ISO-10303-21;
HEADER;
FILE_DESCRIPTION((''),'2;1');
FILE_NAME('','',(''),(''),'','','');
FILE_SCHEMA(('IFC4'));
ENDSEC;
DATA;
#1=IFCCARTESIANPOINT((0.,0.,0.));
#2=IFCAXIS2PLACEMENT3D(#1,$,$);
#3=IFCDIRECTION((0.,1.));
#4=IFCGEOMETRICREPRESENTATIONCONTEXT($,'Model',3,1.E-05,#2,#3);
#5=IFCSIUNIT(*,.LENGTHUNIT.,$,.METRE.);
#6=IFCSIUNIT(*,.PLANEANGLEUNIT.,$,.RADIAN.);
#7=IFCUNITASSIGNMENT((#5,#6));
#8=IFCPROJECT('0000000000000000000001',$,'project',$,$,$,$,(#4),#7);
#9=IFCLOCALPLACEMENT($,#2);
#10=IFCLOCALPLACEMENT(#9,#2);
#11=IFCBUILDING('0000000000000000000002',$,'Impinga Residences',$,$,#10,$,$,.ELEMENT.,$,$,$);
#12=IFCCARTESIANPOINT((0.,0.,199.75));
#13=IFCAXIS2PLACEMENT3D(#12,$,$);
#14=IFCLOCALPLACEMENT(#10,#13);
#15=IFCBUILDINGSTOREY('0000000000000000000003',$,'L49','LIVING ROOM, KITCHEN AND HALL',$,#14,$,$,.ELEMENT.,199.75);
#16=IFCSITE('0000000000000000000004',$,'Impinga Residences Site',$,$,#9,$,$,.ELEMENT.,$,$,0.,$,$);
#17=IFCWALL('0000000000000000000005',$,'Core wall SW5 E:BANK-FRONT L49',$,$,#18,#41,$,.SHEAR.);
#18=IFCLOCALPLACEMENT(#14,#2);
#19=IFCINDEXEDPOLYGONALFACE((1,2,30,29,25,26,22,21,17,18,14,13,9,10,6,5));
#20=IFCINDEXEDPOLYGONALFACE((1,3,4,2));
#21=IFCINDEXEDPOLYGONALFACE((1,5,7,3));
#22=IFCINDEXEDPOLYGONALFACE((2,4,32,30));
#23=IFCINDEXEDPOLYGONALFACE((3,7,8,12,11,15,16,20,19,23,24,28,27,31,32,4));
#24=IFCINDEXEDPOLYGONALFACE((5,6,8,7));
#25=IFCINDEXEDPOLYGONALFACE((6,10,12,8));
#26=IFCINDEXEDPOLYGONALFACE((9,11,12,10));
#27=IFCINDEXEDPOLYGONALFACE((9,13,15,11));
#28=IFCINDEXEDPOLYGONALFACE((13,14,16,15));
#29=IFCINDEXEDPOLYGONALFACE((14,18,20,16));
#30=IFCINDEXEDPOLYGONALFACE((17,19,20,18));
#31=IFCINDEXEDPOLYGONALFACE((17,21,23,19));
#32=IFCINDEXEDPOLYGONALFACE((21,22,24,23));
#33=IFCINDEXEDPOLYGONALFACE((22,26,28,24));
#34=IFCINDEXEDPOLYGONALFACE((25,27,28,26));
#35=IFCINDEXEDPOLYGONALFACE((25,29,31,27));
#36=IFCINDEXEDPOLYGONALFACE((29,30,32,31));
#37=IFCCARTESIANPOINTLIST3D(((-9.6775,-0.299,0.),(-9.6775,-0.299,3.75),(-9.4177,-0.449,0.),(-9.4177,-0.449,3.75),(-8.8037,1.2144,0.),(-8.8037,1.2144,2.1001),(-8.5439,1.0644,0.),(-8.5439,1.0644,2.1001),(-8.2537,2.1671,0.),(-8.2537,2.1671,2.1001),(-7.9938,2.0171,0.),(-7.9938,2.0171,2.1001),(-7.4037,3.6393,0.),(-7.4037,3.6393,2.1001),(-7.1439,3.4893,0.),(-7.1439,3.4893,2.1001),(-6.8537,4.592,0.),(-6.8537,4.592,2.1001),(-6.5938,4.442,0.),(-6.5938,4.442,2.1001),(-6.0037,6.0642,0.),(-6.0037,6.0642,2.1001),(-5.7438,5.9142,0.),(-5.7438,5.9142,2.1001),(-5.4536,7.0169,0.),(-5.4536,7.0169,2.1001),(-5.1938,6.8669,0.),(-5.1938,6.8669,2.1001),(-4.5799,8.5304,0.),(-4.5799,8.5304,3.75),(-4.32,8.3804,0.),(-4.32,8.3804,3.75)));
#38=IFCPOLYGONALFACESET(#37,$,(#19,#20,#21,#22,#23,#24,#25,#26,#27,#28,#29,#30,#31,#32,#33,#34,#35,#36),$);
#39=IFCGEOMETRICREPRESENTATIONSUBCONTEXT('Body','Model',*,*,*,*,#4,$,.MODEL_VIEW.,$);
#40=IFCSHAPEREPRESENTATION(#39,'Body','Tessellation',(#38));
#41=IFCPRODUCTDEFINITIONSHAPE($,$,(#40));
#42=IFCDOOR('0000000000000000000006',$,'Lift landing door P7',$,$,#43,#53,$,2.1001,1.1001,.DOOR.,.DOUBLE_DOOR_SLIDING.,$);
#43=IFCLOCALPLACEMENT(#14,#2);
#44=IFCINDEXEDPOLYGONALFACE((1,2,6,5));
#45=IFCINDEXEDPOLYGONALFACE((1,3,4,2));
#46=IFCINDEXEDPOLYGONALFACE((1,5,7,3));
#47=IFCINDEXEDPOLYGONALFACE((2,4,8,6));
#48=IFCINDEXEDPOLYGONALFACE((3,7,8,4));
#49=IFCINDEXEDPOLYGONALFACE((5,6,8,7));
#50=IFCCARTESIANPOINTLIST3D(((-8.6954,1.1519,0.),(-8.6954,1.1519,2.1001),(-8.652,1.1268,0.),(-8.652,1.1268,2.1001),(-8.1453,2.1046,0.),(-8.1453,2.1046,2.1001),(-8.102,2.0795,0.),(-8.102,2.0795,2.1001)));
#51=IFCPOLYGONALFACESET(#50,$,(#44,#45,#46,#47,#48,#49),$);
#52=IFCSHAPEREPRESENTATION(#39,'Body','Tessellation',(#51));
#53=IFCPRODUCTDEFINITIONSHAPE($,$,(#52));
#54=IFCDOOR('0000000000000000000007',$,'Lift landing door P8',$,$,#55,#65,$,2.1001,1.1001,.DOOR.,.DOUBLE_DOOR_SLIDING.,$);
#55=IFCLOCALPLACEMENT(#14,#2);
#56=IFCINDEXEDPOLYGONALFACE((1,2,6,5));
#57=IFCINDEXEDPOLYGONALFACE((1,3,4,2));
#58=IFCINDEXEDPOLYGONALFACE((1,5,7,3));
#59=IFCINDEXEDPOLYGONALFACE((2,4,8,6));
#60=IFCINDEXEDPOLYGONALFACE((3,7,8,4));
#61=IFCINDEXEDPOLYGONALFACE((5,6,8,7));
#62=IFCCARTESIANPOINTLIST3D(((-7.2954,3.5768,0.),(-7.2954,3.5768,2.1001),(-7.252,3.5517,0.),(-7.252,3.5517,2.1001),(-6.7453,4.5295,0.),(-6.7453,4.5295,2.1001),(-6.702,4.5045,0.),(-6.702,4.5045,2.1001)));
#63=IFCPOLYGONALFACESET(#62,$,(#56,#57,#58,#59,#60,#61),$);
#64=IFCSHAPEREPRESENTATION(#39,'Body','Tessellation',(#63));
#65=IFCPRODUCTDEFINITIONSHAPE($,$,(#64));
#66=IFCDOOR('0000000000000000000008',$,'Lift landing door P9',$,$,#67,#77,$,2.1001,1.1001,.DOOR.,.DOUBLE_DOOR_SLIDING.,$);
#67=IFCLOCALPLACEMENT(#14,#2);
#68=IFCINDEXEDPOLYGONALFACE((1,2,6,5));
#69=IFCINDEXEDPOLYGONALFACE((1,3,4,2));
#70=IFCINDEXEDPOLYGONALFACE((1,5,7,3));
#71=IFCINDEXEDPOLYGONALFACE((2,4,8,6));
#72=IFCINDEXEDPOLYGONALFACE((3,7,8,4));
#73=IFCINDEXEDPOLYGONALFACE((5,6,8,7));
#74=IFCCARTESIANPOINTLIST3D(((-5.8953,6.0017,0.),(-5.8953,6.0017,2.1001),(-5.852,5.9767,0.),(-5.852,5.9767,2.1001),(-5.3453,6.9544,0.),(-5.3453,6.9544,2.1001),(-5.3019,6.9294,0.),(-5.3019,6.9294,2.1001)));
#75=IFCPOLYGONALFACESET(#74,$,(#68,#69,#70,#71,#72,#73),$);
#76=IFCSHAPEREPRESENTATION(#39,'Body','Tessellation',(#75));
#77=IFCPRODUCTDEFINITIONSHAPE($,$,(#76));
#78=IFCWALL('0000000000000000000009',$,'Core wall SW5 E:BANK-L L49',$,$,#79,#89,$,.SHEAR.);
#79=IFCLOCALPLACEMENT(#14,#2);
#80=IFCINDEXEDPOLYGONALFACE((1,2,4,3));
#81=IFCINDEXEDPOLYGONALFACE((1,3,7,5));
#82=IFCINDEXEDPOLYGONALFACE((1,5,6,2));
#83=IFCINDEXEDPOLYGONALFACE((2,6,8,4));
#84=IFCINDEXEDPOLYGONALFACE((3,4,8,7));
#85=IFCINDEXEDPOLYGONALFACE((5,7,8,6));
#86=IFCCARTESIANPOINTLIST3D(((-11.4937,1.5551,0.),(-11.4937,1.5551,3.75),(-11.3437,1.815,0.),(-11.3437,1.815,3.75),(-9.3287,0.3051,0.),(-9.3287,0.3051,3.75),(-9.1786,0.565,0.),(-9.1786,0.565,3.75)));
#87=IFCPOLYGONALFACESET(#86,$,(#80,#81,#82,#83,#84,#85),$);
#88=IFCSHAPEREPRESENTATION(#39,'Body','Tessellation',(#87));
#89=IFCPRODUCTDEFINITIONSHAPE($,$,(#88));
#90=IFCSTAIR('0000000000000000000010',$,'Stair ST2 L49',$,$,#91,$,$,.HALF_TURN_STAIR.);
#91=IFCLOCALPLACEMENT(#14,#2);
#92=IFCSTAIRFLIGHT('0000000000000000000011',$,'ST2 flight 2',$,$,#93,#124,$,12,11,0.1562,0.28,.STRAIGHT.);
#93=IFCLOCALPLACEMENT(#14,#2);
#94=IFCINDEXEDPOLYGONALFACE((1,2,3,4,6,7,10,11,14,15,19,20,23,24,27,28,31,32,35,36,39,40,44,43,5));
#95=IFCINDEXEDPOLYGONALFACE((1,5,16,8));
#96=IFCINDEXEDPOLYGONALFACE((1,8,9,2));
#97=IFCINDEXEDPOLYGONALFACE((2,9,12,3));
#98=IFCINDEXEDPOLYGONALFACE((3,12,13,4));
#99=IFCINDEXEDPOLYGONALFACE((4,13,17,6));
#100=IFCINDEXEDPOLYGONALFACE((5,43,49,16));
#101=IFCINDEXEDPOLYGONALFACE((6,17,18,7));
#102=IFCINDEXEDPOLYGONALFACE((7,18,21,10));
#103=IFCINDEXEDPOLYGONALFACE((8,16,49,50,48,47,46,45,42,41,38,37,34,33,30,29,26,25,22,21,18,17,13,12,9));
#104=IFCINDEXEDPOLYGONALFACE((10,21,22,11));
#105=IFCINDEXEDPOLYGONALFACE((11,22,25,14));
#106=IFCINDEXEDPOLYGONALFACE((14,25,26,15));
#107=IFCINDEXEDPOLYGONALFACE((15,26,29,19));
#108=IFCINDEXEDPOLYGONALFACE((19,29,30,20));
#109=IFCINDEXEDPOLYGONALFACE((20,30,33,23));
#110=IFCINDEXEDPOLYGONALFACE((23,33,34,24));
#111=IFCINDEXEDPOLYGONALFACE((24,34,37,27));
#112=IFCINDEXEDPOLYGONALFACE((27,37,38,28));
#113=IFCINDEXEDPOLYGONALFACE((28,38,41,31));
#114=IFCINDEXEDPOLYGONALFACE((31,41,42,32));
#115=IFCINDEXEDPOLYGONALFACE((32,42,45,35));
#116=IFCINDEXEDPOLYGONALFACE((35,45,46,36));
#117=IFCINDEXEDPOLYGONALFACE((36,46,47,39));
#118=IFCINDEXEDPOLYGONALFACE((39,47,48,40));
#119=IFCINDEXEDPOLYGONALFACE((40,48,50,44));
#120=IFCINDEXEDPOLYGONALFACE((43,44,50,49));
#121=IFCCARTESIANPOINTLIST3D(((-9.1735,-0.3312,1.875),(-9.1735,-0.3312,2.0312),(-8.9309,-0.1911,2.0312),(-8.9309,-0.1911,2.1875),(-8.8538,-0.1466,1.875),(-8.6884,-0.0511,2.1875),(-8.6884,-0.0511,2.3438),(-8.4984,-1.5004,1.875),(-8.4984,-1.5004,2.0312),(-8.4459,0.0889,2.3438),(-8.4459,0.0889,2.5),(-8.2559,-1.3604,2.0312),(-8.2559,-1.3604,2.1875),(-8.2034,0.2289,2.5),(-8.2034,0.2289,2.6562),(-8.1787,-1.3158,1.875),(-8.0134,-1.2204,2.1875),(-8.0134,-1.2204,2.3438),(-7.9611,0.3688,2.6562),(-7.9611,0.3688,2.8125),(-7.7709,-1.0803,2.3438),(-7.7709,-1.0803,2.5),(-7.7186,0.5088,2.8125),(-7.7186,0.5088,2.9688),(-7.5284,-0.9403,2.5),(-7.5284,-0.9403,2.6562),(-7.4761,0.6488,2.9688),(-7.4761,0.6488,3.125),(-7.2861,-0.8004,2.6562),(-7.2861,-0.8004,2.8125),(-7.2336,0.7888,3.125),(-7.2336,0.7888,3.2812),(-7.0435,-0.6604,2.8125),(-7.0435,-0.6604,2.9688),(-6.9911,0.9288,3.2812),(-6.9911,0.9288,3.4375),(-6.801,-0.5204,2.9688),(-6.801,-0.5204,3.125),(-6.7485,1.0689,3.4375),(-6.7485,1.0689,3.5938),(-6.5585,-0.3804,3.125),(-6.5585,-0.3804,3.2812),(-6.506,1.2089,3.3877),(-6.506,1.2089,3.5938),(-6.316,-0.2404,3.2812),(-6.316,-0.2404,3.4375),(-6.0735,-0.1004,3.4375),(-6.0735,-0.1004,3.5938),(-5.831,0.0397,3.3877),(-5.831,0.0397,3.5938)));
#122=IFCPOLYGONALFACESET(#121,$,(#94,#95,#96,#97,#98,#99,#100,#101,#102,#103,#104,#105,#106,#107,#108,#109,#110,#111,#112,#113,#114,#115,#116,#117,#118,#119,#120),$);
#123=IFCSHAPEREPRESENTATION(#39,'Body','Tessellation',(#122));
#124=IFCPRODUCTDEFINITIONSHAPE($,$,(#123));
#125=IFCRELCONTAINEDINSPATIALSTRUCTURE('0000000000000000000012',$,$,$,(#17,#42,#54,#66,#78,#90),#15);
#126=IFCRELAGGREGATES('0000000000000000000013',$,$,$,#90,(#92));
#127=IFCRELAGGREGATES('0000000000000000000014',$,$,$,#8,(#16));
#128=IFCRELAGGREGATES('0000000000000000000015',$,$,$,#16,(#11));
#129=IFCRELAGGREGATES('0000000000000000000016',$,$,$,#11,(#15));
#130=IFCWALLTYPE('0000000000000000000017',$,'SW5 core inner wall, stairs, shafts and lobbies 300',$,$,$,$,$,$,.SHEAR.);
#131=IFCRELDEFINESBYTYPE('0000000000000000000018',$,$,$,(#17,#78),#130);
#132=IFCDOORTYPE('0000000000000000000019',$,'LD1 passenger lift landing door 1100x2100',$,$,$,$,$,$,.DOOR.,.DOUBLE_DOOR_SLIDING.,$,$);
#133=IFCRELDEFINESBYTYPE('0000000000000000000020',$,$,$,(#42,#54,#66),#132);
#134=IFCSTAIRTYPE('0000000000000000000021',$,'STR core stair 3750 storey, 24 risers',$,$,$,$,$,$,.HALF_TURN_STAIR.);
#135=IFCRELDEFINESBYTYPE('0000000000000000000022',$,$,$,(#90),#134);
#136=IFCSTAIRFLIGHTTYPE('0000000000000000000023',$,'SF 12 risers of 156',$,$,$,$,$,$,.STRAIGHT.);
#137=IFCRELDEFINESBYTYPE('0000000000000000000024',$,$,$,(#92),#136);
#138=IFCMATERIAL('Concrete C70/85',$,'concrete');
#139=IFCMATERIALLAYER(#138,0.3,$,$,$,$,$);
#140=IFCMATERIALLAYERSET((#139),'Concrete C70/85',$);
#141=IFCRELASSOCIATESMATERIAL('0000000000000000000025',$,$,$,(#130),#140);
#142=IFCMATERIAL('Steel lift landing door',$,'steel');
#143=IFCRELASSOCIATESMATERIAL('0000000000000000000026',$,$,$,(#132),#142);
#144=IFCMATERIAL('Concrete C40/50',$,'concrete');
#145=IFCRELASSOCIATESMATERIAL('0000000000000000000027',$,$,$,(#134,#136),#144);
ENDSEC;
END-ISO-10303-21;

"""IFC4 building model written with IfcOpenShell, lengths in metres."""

from ifc_helpers import new_model, si_unit, direction, frame, frame_2d, origin, place, context, subcontext, project, spatial, polyline, rectangle, outline, extrude, material, layer, layer_set, type_object, element, fill, aggregate, save


model = new_model("IFC4")

# Units and contexts
model_context = context("Model", 3, precision=1e-05, world=origin(), true_north=direction((0.0, 1.0)))
body_context = subcontext(model_context, "Body", "Model", "MODEL_VIEW")
ifc_project = project(units=[si_unit("LENGTHUNIT", "METRE"), si_unit("PLANEANGLEUNIT", "RADIAN")], contexts=[model_context])

# Site, building, storey
site_placement = place(None, origin())
site = spatial("IfcSite", under=ifc_project, at=site_placement, Name="Impinga Residences Site", CompositionType="ELEMENT", RefElevation=0.0)
building_placement = place(site_placement, origin())
building = spatial("IfcBuilding", under=site, at=building_placement, Name="Impinga Residences", CompositionType="ELEMENT")
storey_placement = place(building_placement, frame((0.0, 0.0, 199.75)))
storey = spatial("IfcBuildingStorey", under=building, at=storey_placement, Name="L49", Description="LIVING ROOM, KITCHEN AND HALL", CompositionType="ELEMENT", Elevation=199.75)

# Wall, openings, doors
ifc_material_1 = material(Name="Concrete C70/85", Category="concrete")
ifc_layer_1 = layer(ifc_material_1, 0.3)
ifc_layer_set_1 = layer_set([ifc_layer_1], Name="Concrete C70/85")
wall_type_1 = type_object("IfcWallType", Name="SW5 core inner wall, stairs, shafts and lobbies 300", PredefinedType="SHEAR", material=ifc_layer_set_1)
wall_1_placement = place(storey_placement, frame((-9.5476, -0.374, 0.0), z_axis=(0.0, 0.0, 1.0), x_axis=(0.500002, 0.866024, 0.0)))
wall_1 = element("IfcWall", 1, at=wall_1_placement, inside=storey, type_object=wall_type_1, Name="Core wall SW5 E:BANK-FRONT L49", PredefinedType="SHEAR", context=body_context, shape_type="SweptSolid", body=[
    extrude(rectangle(XDim=10.1953, YDim=0.3, at=frame_2d((5.0977, 0.0))), origin(), (0.0, 0.0, 1.0), 3.75),
])
opening_1_placement = place(wall_1_placement, frame((1.7476, 0.0, 0.0)))
opening_1 = element("IfcOpeningElement", 2, at=opening_1_placement, cuts=wall_1, PredefinedType="OPENING", context=body_context, shape_type="SweptSolid", body=[
    extrude(rectangle(XDim=1.1001, YDim=2.1001, at=frame_2d((0.55, 1.05))), frame((0.0, 0.1599, 0.0), z_axis=(0.0, -1.0, 0.0), x_axis=(1.0, 0.0, 0.0)), (0.0, 0.0, 1.0), 0.3201),
])
opening_2_placement = place(wall_1_placement, frame((4.5476, 0.0, 0.0)))
opening_2 = element("IfcOpeningElement", 3, at=opening_2_placement, cuts=wall_1, PredefinedType="OPENING", context=body_context, shape_type="SweptSolid", body=[
    extrude(rectangle(XDim=1.1001, YDim=2.1001, at=frame_2d((0.55, 1.05))), frame((0.0, 0.1599, 0.0), z_axis=(0.0, -1.0, 0.0), x_axis=(1.0, 0.0, 0.0)), (0.0, 0.0, 1.0), 0.3201),
])
opening_3_placement = place(wall_1_placement, frame((7.3477, 0.0, 0.0)))
opening_3 = element("IfcOpeningElement", 4, at=opening_3_placement, cuts=wall_1, PredefinedType="OPENING", context=body_context, shape_type="SweptSolid", body=[
    extrude(rectangle(XDim=1.1001, YDim=2.1001, at=frame_2d((0.55, 1.05))), frame((0.0, 0.1599, 0.0), z_axis=(0.0, -1.0, 0.0), x_axis=(1.0, 0.0, 0.0)), (0.0, 0.0, 1.0), 0.3201),
])
ifc_material_2 = material(Name="Steel lift landing door", Category="steel")
door_type_1 = type_object("IfcDoorType", Name="LD1 passenger lift landing door 1100x2100", OperationType="DOUBLE_DOOR_SLIDING", PredefinedType="DOOR", material=ifc_material_2)
door_1_placement = place(opening_1_placement, origin())
door_1 = element("IfcDoor", 5, at=door_1_placement, inside=storey, type_object=door_type_1, Name="Lift landing door P7", OperationType="DOUBLE_DOOR_SLIDING", OverallHeight=2.1001, OverallWidth=1.1001, PredefinedType="DOOR", context=body_context, shape_type="SweptSolid", body=[
    extrude(rectangle(XDim=1.1001, YDim=2.1001, at=frame_2d((0.55, 1.05))), frame((0.0, 0.0249, 0.0), z_axis=(0.0, -1.0, 0.0), x_axis=(1.0, 0.0, 0.0)), (0.0, 0.0, 1.0), 0.05),
])
fill(opening_1, door_1)
door_2_placement = place(opening_2_placement, origin())
door_2 = element("IfcDoor", 6, at=door_2_placement, inside=storey, type_object=door_type_1, Name="Lift landing door P8", OperationType="DOUBLE_DOOR_SLIDING", OverallHeight=2.1001, OverallWidth=1.1001, PredefinedType="DOOR", context=body_context, shape_type="SweptSolid", body=[
    extrude(rectangle(XDim=1.1001, YDim=2.1001, at=frame_2d((0.55, 1.05))), frame((0.0, 0.0249, 0.0), z_axis=(0.0, -1.0, 0.0), x_axis=(1.0, 0.0, 0.0)), (0.0, 0.0, 1.0), 0.05),
])
fill(opening_2, door_2)
door_3_placement = place(opening_3_placement, origin())
door_3 = element("IfcDoor", 7, at=door_3_placement, inside=storey, type_object=door_type_1, Name="Lift landing door P9", OperationType="DOUBLE_DOOR_SLIDING", OverallHeight=2.1001, OverallWidth=1.1001, PredefinedType="DOOR", context=body_context, shape_type="SweptSolid", body=[
    extrude(rectangle(XDim=1.1001, YDim=2.1001, at=frame_2d((0.55, 1.05))), frame((0.0, 0.0249, 0.0), z_axis=(0.0, -1.0, 0.0), x_axis=(1.0, 0.0, 0.0)), (0.0, 0.0, 1.0), 0.05),
])
fill(opening_3, door_3)

# Wall
wall_2_placement = place(storey_placement, frame((-9.2537, 0.4351, 0.0), z_axis=(0.0, 0.0, 1.0), x_axis=(-0.866023, 0.500004, 0.0)))
element("IfcWall", 8, at=wall_2_placement, inside=storey, type_object=wall_type_1, Name="Core wall SW5 E:BANK-L L49", PredefinedType="SHEAR", context=body_context, shape_type="SweptSolid", body=[
    extrude(rectangle(XDim=2.5, YDim=0.3, at=frame_2d((1.25, 0.0))), origin(), (0.0, 0.0, 1.0), 3.75),
])

# Stair, stair flight
ifc_material_3 = material(Name="Concrete C40/50", Category="concrete")
stair_type = type_object("IfcStairType", Name="STR core stair 3750 storey, 24 risers", PredefinedType="HALF_TURN_STAIR", material=ifc_material_3)
stair_placement = place(storey_placement, origin())
stair = element("IfcStair", 9, at=stair_placement, inside=storey, type_object=stair_type, Name="Stair ST2 L49", PredefinedType="HALF_TURN_STAIR")
stair_flight_type = type_object("IfcStairFlightType", Name="SF 12 risers of 156", PredefinedType="STRAIGHT", material=ifc_material_3)
stair_flight_placement = place(storey_placement, frame((-8.8359, -0.9158, 1.875), z_axis=(0.0, 0.0, 1.0), x_axis=(0.866025, 0.5, 0.0)))
stair_flight = element("IfcStairFlight", 10, at=stair_flight_placement, type_object=stair_flight_type, Name="ST2 flight 2", NumberOfRisers=12, NumberOfTreads=11, PredefinedType="STRAIGHT", RiserHeight=0.1562, TreadLength=0.28, context=body_context, shape_type="SweptSolid", body=[
    extrude(outline(polyline([(0.0, 0.0), (0.0, 0.1562), (0.28, 0.1562), (0.28, 0.3125), (0.5601, 0.3125), (0.5601, 0.4688), (0.8401, 0.4688), (0.8401, 0.625), (1.1201, 0.625), (1.1201, 0.7812), (1.3999, 0.7812), (1.3999, 0.9375), (1.6799, 0.9375), (1.6799, 1.0938), (1.96, 1.0938), (1.96, 1.25), (2.24, 1.25), (2.24, 1.4062), (2.52, 1.4062), (2.52, 1.5625), (2.8, 1.5625), (2.8, 1.7188), (3.0801, 1.7188), (3.0801, 1.875), (3.0801, 1.5127), (0.3691, 0.0), (0.0, 0.0)])), frame((0.0, 0.675, 0.0), z_axis=(0.0, -1.0, 0.0), x_axis=(1.0, 0.0, 0.0)), (0.0, 0.0, 1.0), 1.3501),
])
aggregate(stair, [stair_flight])

save(model, "model.ifc")
